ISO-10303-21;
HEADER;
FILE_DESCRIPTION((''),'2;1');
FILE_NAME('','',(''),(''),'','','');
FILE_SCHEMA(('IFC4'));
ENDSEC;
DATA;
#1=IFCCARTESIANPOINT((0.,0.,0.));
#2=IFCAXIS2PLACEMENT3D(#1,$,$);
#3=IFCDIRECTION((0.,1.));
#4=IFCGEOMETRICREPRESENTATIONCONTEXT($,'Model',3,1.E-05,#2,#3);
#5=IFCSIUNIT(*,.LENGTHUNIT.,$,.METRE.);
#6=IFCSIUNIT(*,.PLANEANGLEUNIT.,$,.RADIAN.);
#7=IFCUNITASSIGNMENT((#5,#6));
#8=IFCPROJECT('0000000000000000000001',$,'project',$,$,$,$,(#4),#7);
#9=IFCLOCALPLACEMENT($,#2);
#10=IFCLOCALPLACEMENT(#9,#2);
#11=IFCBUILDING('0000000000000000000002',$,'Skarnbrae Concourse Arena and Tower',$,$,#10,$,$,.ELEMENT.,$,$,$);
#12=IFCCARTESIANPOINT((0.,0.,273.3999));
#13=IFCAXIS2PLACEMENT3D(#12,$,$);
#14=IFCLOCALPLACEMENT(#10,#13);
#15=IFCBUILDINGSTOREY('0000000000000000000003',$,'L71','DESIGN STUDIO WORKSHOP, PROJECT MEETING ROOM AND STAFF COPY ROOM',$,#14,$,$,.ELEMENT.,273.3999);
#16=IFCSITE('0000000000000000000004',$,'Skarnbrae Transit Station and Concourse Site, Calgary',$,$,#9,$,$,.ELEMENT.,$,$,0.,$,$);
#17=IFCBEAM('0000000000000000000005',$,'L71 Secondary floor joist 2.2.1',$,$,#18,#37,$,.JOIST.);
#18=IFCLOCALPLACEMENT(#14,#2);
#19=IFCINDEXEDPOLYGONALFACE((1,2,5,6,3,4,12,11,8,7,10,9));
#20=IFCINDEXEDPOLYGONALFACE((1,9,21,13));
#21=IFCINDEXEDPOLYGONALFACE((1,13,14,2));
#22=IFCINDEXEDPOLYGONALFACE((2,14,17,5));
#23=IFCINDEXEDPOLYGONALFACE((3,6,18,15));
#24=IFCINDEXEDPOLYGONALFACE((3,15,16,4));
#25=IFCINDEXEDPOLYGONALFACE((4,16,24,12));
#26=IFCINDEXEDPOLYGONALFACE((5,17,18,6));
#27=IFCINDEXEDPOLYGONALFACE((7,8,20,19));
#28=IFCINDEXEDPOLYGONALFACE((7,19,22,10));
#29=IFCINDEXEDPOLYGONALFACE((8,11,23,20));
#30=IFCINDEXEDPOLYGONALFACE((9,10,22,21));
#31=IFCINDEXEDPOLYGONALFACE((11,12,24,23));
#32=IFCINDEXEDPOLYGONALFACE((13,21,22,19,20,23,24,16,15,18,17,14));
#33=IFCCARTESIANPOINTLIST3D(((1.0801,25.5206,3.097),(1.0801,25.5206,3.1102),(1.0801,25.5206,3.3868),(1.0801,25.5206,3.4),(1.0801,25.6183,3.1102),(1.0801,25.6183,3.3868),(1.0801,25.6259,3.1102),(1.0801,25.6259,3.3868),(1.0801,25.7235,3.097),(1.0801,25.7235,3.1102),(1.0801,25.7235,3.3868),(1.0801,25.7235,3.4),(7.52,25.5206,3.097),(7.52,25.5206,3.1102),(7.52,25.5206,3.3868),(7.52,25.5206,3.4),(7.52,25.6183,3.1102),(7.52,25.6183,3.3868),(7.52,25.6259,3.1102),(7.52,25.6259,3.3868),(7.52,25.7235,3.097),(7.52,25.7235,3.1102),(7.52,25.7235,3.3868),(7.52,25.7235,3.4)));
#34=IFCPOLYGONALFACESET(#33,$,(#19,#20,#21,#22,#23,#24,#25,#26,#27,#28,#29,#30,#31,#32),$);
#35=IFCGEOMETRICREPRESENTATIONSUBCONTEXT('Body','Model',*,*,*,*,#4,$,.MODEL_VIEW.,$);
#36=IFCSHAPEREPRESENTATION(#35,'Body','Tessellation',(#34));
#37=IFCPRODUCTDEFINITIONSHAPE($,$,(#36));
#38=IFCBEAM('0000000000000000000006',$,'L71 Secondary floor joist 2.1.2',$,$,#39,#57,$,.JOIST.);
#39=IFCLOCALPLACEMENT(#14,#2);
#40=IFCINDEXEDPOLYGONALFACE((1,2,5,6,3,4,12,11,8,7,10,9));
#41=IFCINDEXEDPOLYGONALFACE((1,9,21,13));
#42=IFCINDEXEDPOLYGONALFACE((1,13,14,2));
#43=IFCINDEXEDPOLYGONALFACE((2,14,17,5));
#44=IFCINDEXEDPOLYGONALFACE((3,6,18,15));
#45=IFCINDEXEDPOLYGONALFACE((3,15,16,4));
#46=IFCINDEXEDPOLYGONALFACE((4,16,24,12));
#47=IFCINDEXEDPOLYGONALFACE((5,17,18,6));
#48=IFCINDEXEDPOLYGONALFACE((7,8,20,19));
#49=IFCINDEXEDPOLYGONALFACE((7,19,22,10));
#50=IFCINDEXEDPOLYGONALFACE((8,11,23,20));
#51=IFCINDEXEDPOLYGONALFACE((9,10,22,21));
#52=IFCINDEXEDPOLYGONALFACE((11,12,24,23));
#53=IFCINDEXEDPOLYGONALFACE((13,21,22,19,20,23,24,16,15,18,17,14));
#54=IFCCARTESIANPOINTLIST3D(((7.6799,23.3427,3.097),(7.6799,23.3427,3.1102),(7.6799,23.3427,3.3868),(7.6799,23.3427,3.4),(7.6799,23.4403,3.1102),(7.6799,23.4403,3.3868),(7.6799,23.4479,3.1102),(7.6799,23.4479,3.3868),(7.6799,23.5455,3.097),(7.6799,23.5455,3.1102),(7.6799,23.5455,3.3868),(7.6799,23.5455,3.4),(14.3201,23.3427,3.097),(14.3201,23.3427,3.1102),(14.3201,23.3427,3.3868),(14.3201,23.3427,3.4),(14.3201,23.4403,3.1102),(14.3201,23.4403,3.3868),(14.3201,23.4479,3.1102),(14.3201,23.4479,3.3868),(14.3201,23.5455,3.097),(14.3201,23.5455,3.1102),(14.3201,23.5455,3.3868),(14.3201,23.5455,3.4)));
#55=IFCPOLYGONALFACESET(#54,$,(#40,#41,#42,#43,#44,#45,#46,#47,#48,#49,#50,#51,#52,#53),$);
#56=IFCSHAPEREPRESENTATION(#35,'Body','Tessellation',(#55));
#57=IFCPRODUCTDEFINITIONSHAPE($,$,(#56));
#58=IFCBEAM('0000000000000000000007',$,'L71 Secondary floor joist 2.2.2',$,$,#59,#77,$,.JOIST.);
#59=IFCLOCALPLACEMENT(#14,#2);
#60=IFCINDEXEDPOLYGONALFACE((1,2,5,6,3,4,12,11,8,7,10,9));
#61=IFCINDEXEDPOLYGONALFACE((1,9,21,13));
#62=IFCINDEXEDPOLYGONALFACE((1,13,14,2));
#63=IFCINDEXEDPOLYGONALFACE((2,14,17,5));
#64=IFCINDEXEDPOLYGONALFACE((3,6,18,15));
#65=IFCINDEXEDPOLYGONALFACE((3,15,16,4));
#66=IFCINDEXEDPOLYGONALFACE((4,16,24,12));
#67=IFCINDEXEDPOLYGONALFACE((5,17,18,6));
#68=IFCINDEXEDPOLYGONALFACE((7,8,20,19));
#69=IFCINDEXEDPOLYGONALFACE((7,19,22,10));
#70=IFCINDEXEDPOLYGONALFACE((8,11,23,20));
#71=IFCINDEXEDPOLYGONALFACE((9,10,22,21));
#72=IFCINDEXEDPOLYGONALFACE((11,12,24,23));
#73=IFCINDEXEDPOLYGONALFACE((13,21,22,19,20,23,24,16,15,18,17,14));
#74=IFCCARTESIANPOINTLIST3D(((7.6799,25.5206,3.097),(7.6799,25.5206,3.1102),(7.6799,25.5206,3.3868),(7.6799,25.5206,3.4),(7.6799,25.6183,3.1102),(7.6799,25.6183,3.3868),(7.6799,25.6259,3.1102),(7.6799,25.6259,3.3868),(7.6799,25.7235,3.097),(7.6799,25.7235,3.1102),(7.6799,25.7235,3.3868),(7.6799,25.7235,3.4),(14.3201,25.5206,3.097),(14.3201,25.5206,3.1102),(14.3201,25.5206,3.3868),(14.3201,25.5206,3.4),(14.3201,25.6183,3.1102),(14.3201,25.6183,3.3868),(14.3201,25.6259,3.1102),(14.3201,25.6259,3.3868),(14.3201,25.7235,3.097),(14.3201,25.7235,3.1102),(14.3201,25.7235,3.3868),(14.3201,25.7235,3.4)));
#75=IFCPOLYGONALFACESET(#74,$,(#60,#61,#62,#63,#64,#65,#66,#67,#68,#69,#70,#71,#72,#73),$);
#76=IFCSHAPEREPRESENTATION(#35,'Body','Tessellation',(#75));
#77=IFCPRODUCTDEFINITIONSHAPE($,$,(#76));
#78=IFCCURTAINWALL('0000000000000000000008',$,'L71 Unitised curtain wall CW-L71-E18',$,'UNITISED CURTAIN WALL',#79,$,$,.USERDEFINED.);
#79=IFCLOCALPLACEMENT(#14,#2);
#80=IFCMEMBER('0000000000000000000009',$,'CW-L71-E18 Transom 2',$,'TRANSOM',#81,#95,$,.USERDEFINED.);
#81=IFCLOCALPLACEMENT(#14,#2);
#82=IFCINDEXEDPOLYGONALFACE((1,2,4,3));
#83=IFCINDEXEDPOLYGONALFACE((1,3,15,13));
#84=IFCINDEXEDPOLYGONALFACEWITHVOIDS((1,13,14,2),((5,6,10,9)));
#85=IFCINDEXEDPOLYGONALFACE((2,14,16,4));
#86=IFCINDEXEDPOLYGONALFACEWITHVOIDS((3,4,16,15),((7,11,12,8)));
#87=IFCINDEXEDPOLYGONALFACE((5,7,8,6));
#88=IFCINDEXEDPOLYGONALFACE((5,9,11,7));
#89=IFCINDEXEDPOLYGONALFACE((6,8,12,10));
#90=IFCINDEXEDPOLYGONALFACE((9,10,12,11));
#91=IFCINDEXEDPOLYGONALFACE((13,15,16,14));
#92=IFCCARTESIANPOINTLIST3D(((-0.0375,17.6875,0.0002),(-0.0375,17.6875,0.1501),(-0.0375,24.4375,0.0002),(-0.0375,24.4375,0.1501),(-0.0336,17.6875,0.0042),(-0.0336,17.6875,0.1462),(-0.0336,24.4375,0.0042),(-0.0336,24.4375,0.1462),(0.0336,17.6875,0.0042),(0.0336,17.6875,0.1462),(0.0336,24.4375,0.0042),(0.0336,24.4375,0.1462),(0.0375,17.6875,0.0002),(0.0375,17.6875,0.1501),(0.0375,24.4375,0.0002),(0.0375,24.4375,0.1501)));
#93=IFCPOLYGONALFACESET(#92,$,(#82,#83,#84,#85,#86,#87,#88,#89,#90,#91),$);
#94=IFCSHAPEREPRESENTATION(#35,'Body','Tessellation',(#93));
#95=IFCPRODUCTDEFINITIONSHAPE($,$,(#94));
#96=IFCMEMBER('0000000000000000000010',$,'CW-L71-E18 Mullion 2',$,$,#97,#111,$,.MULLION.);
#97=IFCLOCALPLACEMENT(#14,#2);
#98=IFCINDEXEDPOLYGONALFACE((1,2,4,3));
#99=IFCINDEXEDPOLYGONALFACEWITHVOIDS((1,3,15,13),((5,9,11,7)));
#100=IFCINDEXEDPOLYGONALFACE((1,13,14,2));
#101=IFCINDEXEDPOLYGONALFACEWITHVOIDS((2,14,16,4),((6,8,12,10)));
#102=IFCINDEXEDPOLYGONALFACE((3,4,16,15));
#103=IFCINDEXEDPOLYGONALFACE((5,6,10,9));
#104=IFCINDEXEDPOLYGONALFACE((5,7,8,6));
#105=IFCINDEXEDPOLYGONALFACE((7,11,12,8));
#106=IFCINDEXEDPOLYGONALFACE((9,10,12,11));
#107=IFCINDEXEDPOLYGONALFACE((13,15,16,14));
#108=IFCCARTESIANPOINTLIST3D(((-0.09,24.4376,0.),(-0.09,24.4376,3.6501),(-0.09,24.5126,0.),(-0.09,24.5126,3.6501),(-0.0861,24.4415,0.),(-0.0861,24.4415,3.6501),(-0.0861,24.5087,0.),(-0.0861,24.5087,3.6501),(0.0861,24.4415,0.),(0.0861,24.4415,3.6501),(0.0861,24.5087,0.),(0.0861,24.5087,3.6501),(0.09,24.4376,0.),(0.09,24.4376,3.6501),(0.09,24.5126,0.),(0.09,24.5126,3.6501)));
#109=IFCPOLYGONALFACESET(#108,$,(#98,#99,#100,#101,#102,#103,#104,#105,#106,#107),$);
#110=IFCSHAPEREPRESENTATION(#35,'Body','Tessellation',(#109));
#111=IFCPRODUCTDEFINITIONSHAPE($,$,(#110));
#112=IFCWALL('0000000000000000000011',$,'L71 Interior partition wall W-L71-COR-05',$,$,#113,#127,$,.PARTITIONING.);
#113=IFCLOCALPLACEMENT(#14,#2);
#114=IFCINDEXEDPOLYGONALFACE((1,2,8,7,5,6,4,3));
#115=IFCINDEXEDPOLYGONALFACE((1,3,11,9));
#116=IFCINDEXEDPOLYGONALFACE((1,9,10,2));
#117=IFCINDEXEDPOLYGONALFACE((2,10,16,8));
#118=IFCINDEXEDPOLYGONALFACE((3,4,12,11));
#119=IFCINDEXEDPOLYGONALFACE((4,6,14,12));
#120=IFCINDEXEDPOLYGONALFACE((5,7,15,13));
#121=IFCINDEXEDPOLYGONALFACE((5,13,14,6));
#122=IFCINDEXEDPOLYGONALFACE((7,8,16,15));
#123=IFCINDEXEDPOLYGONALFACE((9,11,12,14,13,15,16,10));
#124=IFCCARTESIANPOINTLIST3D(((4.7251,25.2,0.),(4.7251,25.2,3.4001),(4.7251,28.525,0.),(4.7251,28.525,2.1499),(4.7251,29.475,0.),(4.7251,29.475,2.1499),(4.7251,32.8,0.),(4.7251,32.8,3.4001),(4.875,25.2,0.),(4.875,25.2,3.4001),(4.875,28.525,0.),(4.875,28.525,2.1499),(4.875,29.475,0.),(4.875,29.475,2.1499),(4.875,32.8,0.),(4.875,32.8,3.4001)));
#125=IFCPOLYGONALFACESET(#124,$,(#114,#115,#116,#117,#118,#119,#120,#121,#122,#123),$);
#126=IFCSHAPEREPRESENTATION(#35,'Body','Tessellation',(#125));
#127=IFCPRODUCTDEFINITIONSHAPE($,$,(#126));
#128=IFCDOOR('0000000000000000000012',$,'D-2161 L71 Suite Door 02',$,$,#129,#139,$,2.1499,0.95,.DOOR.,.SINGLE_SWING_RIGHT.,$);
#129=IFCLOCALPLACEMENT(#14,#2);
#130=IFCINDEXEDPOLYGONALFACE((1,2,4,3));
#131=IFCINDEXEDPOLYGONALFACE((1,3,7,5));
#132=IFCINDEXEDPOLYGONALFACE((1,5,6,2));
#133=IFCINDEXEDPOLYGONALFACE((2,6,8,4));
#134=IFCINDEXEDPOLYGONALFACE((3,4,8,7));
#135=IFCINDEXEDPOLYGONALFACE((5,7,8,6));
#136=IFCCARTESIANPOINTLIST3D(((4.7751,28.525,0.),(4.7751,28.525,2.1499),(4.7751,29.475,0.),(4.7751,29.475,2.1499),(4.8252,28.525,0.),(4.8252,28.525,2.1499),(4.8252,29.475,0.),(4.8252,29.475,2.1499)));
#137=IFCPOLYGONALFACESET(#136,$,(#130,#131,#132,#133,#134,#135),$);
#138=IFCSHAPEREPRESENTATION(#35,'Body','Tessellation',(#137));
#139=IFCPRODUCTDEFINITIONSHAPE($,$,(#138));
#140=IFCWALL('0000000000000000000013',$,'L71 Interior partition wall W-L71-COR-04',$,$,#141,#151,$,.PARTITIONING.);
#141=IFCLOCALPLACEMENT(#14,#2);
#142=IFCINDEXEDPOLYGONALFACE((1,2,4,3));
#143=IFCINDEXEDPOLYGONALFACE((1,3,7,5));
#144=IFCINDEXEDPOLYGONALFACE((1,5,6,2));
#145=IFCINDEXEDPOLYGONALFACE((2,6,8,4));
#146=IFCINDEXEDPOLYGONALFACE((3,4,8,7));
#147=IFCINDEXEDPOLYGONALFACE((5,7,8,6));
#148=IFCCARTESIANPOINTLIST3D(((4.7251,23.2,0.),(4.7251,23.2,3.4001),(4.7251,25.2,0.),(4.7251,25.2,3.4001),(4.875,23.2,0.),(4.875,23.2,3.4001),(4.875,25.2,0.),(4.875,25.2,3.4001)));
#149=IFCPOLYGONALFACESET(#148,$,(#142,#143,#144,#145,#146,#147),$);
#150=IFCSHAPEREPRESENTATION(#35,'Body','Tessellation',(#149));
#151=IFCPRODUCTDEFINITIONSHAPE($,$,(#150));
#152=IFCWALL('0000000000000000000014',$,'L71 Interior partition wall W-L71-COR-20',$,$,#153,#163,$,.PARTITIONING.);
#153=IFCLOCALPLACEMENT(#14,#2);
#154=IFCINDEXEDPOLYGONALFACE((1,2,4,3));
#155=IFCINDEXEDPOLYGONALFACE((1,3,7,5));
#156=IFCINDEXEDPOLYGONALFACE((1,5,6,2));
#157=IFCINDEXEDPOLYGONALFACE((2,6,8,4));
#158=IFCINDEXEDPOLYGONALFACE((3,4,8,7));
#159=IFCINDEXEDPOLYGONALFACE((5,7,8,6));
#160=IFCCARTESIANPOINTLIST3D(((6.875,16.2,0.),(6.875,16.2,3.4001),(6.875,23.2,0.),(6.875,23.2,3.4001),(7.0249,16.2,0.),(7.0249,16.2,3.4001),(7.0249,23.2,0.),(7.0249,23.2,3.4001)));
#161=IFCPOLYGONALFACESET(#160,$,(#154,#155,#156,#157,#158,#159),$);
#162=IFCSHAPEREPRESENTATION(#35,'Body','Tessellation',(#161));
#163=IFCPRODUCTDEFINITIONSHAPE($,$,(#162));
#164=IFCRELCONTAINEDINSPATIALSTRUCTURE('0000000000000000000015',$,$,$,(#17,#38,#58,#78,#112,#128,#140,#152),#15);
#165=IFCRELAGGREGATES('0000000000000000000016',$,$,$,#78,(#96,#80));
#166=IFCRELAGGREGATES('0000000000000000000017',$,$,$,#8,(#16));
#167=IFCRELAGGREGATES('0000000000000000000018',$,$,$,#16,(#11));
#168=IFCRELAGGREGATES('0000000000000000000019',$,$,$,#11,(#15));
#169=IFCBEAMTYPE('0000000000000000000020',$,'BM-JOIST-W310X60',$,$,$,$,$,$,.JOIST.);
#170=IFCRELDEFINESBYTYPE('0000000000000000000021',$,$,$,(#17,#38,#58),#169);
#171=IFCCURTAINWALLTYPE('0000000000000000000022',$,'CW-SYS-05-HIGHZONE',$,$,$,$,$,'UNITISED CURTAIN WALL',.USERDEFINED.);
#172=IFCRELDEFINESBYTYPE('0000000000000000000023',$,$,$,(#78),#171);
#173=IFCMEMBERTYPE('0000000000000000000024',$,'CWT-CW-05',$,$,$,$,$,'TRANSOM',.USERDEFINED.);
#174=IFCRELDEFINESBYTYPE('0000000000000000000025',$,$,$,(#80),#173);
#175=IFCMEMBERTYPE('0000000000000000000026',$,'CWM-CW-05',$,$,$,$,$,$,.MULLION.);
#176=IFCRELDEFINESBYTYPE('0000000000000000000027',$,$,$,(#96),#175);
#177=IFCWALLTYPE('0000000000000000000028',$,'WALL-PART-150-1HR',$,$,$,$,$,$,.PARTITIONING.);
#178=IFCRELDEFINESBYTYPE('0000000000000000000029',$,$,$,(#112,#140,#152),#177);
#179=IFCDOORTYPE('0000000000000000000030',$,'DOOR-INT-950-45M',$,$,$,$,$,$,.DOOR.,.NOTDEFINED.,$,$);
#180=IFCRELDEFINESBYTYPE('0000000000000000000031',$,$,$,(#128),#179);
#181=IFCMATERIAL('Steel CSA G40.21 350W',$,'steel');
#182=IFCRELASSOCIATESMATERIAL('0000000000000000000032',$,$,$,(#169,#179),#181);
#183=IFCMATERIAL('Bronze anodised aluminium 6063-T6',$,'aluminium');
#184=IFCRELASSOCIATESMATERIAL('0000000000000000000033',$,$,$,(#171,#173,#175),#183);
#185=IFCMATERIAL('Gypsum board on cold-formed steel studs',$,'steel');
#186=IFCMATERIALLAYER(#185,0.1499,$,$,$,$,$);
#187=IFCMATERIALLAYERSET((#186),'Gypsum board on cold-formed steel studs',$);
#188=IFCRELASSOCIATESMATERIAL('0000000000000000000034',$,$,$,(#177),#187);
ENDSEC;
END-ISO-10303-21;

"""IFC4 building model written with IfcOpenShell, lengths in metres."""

from ifc_helpers import new_model, si_unit, direction, frame, frame_2d, origin, origin_2d, place, context, subcontext, project, spatial, rectangle, hollow_rectangle, i_section, extrude, source, transform, mapped, material, layer, layer_set, material_profile, profile_set, type_object, element, fill, aggregate, save


model = new_model("IFC4")

# Units and contexts
model_context = context("Model", 3, precision=1e-05, world=origin(), true_north=direction((0.0, 1.0)))
body_context = subcontext(model_context, "Body", "Model", "MODEL_VIEW")
ifc_project = project(units=[si_unit("LENGTHUNIT", "METRE"), si_unit("PLANEANGLEUNIT", "RADIAN")], contexts=[model_context])

# Site, building, storey
site_placement = place(None, origin())
site = spatial("IfcSite", under=ifc_project, at=site_placement, Name="Skarnbrae Transit Station and Concourse Site, Calgary", CompositionType="ELEMENT", RefElevation=0.0)
building_placement = place(site_placement, origin())
building = spatial("IfcBuilding", under=site, at=building_placement, Name="Skarnbrae Concourse Arena and Tower", CompositionType="ELEMENT")
storey_placement = place(building_placement, frame((0.0, 0.0, 273.3999)))
storey = spatial("IfcBuildingStorey", under=building, at=storey_placement, Name="L71", Description="DESIGN STUDIO WORKSHOP, PROJECT MEETING ROOM AND STAFF COPY ROOM", CompositionType="ELEMENT", Elevation=273.3999)

# Shared definitions
ifc_material_1 = material(Name="Steel CSA G40.21 350W", Category="steel")

# Beams
ifc_material_profile_1 = material_profile(ifc_material_1, i_section(OverallWidth=0.2029, OverallDepth=0.303, WebThickness=0.0076, FlangeThickness=0.0132, at=origin_2d()), Name="W310X60")
ifc_profile_set_1 = profile_set([ifc_material_profile_1], Name="Steel CSA G40.21 350W")
beam_type_1 = type_object("IfcBeamType", Name="BM-JOIST-W310X60", PredefinedType="JOIST", material=ifc_profile_set_1)
shared_shape_1 = source(origin(), body_context, "Body", "SweptSolid", [
    extrude(i_section(OverallWidth=0.2029, OverallDepth=0.303, WebThickness=0.0076, FlangeThickness=0.0132, at=origin_2d()), origin(), (0.0, 0.0, 1.0), 6.4399),
])
for number, where, z_axis, x_axis, name in (
    (1, (1.0801, 25.6221, 3.2485), (1.0, 0.0, 0.0), (0.0, 1.0, 0.0), "L71 Secondary floor joist 2.2.1"),
):
    element("IfcBeam", number, at=place(storey_placement, frame(where, z_axis=z_axis, x_axis=x_axis)), inside=storey, type_object=beam_type_1, Name=name, PredefinedType="JOIST", context=body_context, shape_type="MappedRepresentation", body=[
        mapped(shared_shape_1, transform((0.0, 0.0, 0.0))),
    ])
shared_shape_2 = source(origin(), body_context, "Body", "SweptSolid", [
    extrude(i_section(OverallWidth=0.2029, OverallDepth=0.303, WebThickness=0.0076, FlangeThickness=0.0132, at=origin_2d()), origin(), (0.0, 0.0, 1.0), 6.6401),
])
for number, where, z_axis, x_axis, name in (
    (2, (7.6799, 23.4441, 3.2485), (1.0, 0.0, 0.0), (0.0, 1.0, 0.0), "L71 Secondary floor joist 2.1.2"),
    (3, (7.6799, 25.6221, 3.2485), (1.0, 0.0, 0.0), (0.0, 1.0, 0.0), "L71 Secondary floor joist 2.2.2"),
):
    element("IfcBeam", number, at=place(storey_placement, frame(where, z_axis=z_axis, x_axis=x_axis)), inside=storey, type_object=beam_type_1, Name=name, PredefinedType="JOIST", context=body_context, shape_type="MappedRepresentation", body=[
        mapped(shared_shape_2, transform((0.0, 0.0, 0.0))),
    ])

# Curtain wall, members
ifc_material_2 = material(Name="Bronze anodised aluminium 6063-T6", Category="aluminium")
curtain_wall_type = type_object("IfcCurtainWallType", Name="CW-SYS-05-HIGHZONE", ElementType="UNITISED CURTAIN WALL", PredefinedType="USERDEFINED", material=ifc_material_2)
curtain_wall_placement = place(storey_placement, origin())
curtain_wall = element("IfcCurtainWall", 4, at=curtain_wall_placement, inside=storey, type_object=curtain_wall_type, Name="L71 Unitised curtain wall CW-L71-E18", ObjectType="UNITISED CURTAIN WALL", PredefinedType="USERDEFINED")
ifc_material_profile_2 = material_profile(ifc_material_2, hollow_rectangle(XDim=0.075, YDim=0.1499, WallThickness=0.0039, at=origin_2d()), Name="ALU-TRAN-75X150")
ifc_profile_set_2 = profile_set([ifc_material_profile_2], Name="Bronze anodised aluminium 6063-T6")
member_type_1 = type_object("IfcMemberType", Name="CWT-CW-05", ElementType="TRANSOM", PredefinedType="USERDEFINED", material=ifc_profile_set_2)
shared_shape_3 = source(origin(), body_context, "Body", "SweptSolid", [
    extrude(hollow_rectangle(XDim=0.075, YDim=0.1499, WallThickness=0.0039, at=origin_2d()), origin(), (0.0, 0.0, 1.0), 6.75),
])
member_1_placement = place(storey_placement, frame((0.0, 24.4375, 0.0752), z_axis=(0.0, -1.0, 0.0), x_axis=(1.0, 0.0, 0.0)))
member_1 = element("IfcMember", 5, at=member_1_placement, type_object=member_type_1, Name="CW-L71-E18 Transom 2", ObjectType="TRANSOM", PredefinedType="USERDEFINED", context=body_context, shape_type="MappedRepresentation", body=[
    mapped(shared_shape_3, transform((0.0, 0.0, 0.0))),
])
ifc_material_profile_3 = material_profile(ifc_material_2, hollow_rectangle(XDim=0.075, YDim=0.1799, WallThickness=0.0039, at=origin_2d()), Name="ALU-MULL-75X180")
ifc_profile_set_3 = profile_set([ifc_material_profile_3], Name="Bronze anodised aluminium 6063-T6")
member_type_2 = type_object("IfcMemberType", Name="CWM-CW-05", PredefinedType="MULLION", material=ifc_profile_set_3)
shared_shape_4 = source(origin(), body_context, "Body", "SweptSolid", [
    extrude(hollow_rectangle(XDim=0.075, YDim=0.1799, WallThickness=0.0039, at=origin_2d()), origin(), (0.0, 0.0, 1.0), 3.6501),
])
member_2_placement = place(storey_placement, frame((0.0, 24.4751, 0.0), z_axis=(0.0, 0.0, 1.0), x_axis=(0.0, -1.0, 0.0)))
member_2 = element("IfcMember", 6, at=member_2_placement, type_object=member_type_2, Name="CW-L71-E18 Mullion 2", PredefinedType="MULLION", context=body_context, shape_type="MappedRepresentation", body=[
    mapped(shared_shape_4, transform((0.0, 0.0, 0.0))),
])
aggregate(curtain_wall, [member_2, member_1])

# Wall, opening, door
ifc_material_3 = material(Name="Gypsum board on cold-formed steel studs", Category="steel")
ifc_layer_1 = layer(ifc_material_3, 0.1499)
ifc_layer_set_1 = layer_set([ifc_layer_1], Name="Gypsum board on cold-formed steel studs")
wall_type_1 = type_object("IfcWallType", Name="WALL-PART-150-1HR", PredefinedType="PARTITIONING", material=ifc_layer_set_1)
shared_shape_5 = source(origin(), body_context, "Body", "SweptSolid", [
    extrude(rectangle(XDim=7.6001, YDim=0.1499, at=frame_2d((3.8, 0.0))), origin(), (0.0, 0.0, 1.0), 3.4001),
])
wall_1_placement = place(storey_placement, frame((4.8, 25.2, 0.0), z_axis=(0.0, 0.0, 1.0), x_axis=(0.0, 1.0, 0.0)))
wall_1 = element("IfcWall", 7, at=wall_1_placement, inside=storey, type_object=wall_type_1, Name="L71 Interior partition wall W-L71-COR-05", PredefinedType="PARTITIONING", context=body_context, shape_type="MappedRepresentation", body=[
    mapped(shared_shape_5, transform((0.0, 0.0, 0.0))),
])
opening_1_placement = place(wall_1_placement, frame((3.325, 0.0, 0.0)))
opening_1 = element("IfcOpeningElement", 8, at=opening_1_placement, cuts=wall_1, PredefinedType="OPENING", context=body_context, shape_type="SweptSolid", body=[
    extrude(rectangle(XDim=0.95, YDim=2.1499, at=frame_2d((0.4751, 1.075))), frame((0.0, 0.085, 0.0), z_axis=(0.0, -1.0, 0.0), x_axis=(1.0, 0.0, 0.0)), (0.0, 0.0, 1.0), 0.1699),
])
door_type = type_object("IfcDoorType", Name="DOOR-INT-950-45M", OperationType="NOTDEFINED", PredefinedType="DOOR", material=ifc_material_1)
shared_shape_6 = source(origin(), body_context, "Body", "SweptSolid", [
    extrude(rectangle(XDim=0.95, YDim=2.1499, at=frame_2d((0.4751, 1.075))), frame((0.0, 0.0249, 0.0), z_axis=(0.0, -1.0, 0.0), x_axis=(1.0, 0.0, 0.0)), (0.0, 0.0, 1.0), 0.05),
])
door_1_placement = place(opening_1_placement, origin())
door_1 = element("IfcDoor", 9, at=door_1_placement, inside=storey, type_object=door_type, Name="D-2161 L71 Suite Door 02", OperationType="SINGLE_SWING_RIGHT", OverallHeight=2.1499, OverallWidth=0.95, PredefinedType="DOOR", context=body_context, shape_type="MappedRepresentation", body=[
    mapped(shared_shape_6, transform((0.0, 0.0, 0.0))),
])
fill(opening_1, door_1)

# Walls
shared_shape_7 = source(origin(), body_context, "Body", "SweptSolid", [
    extrude(rectangle(XDim=2.0, YDim=0.1499, at=frame_2d((1.0, 0.0))), origin(), (0.0, 0.0, 1.0), 3.4001),
])
wall_2_placement = place(storey_placement, frame((4.8, 23.2, 0.0), z_axis=(0.0, 0.0, 1.0), x_axis=(0.0, 1.0, 0.0)))
element("IfcWall", 10, at=wall_2_placement, inside=storey, type_object=wall_type_1, Name="L71 Interior partition wall W-L71-COR-04", PredefinedType="PARTITIONING", context=body_context, shape_type="MappedRepresentation", body=[
    mapped(shared_shape_7, transform((0.0, 0.0, 0.0))),
])
shared_shape_8 = source(origin(), body_context, "Body", "SweptSolid", [
    extrude(rectangle(XDim=7.0, YDim=0.1499, at=frame_2d((3.5, 0.0))), origin(), (0.0, 0.0, 1.0), 3.4001),
])
wall_3_placement = place(storey_placement, frame((6.95, 23.2, 0.0), z_axis=(0.0, 0.0, 1.0), x_axis=(0.0, -1.0, 0.0)))
element("IfcWall", 11, at=wall_3_placement, inside=storey, type_object=wall_type_1, Name="L71 Interior partition wall W-L71-COR-20", PredefinedType="PARTITIONING", context=body_context, shape_type="MappedRepresentation", body=[
    mapped(shared_shape_8, transform((0.0, 0.0, 0.0))),
])

save(model, "model.ifc")
